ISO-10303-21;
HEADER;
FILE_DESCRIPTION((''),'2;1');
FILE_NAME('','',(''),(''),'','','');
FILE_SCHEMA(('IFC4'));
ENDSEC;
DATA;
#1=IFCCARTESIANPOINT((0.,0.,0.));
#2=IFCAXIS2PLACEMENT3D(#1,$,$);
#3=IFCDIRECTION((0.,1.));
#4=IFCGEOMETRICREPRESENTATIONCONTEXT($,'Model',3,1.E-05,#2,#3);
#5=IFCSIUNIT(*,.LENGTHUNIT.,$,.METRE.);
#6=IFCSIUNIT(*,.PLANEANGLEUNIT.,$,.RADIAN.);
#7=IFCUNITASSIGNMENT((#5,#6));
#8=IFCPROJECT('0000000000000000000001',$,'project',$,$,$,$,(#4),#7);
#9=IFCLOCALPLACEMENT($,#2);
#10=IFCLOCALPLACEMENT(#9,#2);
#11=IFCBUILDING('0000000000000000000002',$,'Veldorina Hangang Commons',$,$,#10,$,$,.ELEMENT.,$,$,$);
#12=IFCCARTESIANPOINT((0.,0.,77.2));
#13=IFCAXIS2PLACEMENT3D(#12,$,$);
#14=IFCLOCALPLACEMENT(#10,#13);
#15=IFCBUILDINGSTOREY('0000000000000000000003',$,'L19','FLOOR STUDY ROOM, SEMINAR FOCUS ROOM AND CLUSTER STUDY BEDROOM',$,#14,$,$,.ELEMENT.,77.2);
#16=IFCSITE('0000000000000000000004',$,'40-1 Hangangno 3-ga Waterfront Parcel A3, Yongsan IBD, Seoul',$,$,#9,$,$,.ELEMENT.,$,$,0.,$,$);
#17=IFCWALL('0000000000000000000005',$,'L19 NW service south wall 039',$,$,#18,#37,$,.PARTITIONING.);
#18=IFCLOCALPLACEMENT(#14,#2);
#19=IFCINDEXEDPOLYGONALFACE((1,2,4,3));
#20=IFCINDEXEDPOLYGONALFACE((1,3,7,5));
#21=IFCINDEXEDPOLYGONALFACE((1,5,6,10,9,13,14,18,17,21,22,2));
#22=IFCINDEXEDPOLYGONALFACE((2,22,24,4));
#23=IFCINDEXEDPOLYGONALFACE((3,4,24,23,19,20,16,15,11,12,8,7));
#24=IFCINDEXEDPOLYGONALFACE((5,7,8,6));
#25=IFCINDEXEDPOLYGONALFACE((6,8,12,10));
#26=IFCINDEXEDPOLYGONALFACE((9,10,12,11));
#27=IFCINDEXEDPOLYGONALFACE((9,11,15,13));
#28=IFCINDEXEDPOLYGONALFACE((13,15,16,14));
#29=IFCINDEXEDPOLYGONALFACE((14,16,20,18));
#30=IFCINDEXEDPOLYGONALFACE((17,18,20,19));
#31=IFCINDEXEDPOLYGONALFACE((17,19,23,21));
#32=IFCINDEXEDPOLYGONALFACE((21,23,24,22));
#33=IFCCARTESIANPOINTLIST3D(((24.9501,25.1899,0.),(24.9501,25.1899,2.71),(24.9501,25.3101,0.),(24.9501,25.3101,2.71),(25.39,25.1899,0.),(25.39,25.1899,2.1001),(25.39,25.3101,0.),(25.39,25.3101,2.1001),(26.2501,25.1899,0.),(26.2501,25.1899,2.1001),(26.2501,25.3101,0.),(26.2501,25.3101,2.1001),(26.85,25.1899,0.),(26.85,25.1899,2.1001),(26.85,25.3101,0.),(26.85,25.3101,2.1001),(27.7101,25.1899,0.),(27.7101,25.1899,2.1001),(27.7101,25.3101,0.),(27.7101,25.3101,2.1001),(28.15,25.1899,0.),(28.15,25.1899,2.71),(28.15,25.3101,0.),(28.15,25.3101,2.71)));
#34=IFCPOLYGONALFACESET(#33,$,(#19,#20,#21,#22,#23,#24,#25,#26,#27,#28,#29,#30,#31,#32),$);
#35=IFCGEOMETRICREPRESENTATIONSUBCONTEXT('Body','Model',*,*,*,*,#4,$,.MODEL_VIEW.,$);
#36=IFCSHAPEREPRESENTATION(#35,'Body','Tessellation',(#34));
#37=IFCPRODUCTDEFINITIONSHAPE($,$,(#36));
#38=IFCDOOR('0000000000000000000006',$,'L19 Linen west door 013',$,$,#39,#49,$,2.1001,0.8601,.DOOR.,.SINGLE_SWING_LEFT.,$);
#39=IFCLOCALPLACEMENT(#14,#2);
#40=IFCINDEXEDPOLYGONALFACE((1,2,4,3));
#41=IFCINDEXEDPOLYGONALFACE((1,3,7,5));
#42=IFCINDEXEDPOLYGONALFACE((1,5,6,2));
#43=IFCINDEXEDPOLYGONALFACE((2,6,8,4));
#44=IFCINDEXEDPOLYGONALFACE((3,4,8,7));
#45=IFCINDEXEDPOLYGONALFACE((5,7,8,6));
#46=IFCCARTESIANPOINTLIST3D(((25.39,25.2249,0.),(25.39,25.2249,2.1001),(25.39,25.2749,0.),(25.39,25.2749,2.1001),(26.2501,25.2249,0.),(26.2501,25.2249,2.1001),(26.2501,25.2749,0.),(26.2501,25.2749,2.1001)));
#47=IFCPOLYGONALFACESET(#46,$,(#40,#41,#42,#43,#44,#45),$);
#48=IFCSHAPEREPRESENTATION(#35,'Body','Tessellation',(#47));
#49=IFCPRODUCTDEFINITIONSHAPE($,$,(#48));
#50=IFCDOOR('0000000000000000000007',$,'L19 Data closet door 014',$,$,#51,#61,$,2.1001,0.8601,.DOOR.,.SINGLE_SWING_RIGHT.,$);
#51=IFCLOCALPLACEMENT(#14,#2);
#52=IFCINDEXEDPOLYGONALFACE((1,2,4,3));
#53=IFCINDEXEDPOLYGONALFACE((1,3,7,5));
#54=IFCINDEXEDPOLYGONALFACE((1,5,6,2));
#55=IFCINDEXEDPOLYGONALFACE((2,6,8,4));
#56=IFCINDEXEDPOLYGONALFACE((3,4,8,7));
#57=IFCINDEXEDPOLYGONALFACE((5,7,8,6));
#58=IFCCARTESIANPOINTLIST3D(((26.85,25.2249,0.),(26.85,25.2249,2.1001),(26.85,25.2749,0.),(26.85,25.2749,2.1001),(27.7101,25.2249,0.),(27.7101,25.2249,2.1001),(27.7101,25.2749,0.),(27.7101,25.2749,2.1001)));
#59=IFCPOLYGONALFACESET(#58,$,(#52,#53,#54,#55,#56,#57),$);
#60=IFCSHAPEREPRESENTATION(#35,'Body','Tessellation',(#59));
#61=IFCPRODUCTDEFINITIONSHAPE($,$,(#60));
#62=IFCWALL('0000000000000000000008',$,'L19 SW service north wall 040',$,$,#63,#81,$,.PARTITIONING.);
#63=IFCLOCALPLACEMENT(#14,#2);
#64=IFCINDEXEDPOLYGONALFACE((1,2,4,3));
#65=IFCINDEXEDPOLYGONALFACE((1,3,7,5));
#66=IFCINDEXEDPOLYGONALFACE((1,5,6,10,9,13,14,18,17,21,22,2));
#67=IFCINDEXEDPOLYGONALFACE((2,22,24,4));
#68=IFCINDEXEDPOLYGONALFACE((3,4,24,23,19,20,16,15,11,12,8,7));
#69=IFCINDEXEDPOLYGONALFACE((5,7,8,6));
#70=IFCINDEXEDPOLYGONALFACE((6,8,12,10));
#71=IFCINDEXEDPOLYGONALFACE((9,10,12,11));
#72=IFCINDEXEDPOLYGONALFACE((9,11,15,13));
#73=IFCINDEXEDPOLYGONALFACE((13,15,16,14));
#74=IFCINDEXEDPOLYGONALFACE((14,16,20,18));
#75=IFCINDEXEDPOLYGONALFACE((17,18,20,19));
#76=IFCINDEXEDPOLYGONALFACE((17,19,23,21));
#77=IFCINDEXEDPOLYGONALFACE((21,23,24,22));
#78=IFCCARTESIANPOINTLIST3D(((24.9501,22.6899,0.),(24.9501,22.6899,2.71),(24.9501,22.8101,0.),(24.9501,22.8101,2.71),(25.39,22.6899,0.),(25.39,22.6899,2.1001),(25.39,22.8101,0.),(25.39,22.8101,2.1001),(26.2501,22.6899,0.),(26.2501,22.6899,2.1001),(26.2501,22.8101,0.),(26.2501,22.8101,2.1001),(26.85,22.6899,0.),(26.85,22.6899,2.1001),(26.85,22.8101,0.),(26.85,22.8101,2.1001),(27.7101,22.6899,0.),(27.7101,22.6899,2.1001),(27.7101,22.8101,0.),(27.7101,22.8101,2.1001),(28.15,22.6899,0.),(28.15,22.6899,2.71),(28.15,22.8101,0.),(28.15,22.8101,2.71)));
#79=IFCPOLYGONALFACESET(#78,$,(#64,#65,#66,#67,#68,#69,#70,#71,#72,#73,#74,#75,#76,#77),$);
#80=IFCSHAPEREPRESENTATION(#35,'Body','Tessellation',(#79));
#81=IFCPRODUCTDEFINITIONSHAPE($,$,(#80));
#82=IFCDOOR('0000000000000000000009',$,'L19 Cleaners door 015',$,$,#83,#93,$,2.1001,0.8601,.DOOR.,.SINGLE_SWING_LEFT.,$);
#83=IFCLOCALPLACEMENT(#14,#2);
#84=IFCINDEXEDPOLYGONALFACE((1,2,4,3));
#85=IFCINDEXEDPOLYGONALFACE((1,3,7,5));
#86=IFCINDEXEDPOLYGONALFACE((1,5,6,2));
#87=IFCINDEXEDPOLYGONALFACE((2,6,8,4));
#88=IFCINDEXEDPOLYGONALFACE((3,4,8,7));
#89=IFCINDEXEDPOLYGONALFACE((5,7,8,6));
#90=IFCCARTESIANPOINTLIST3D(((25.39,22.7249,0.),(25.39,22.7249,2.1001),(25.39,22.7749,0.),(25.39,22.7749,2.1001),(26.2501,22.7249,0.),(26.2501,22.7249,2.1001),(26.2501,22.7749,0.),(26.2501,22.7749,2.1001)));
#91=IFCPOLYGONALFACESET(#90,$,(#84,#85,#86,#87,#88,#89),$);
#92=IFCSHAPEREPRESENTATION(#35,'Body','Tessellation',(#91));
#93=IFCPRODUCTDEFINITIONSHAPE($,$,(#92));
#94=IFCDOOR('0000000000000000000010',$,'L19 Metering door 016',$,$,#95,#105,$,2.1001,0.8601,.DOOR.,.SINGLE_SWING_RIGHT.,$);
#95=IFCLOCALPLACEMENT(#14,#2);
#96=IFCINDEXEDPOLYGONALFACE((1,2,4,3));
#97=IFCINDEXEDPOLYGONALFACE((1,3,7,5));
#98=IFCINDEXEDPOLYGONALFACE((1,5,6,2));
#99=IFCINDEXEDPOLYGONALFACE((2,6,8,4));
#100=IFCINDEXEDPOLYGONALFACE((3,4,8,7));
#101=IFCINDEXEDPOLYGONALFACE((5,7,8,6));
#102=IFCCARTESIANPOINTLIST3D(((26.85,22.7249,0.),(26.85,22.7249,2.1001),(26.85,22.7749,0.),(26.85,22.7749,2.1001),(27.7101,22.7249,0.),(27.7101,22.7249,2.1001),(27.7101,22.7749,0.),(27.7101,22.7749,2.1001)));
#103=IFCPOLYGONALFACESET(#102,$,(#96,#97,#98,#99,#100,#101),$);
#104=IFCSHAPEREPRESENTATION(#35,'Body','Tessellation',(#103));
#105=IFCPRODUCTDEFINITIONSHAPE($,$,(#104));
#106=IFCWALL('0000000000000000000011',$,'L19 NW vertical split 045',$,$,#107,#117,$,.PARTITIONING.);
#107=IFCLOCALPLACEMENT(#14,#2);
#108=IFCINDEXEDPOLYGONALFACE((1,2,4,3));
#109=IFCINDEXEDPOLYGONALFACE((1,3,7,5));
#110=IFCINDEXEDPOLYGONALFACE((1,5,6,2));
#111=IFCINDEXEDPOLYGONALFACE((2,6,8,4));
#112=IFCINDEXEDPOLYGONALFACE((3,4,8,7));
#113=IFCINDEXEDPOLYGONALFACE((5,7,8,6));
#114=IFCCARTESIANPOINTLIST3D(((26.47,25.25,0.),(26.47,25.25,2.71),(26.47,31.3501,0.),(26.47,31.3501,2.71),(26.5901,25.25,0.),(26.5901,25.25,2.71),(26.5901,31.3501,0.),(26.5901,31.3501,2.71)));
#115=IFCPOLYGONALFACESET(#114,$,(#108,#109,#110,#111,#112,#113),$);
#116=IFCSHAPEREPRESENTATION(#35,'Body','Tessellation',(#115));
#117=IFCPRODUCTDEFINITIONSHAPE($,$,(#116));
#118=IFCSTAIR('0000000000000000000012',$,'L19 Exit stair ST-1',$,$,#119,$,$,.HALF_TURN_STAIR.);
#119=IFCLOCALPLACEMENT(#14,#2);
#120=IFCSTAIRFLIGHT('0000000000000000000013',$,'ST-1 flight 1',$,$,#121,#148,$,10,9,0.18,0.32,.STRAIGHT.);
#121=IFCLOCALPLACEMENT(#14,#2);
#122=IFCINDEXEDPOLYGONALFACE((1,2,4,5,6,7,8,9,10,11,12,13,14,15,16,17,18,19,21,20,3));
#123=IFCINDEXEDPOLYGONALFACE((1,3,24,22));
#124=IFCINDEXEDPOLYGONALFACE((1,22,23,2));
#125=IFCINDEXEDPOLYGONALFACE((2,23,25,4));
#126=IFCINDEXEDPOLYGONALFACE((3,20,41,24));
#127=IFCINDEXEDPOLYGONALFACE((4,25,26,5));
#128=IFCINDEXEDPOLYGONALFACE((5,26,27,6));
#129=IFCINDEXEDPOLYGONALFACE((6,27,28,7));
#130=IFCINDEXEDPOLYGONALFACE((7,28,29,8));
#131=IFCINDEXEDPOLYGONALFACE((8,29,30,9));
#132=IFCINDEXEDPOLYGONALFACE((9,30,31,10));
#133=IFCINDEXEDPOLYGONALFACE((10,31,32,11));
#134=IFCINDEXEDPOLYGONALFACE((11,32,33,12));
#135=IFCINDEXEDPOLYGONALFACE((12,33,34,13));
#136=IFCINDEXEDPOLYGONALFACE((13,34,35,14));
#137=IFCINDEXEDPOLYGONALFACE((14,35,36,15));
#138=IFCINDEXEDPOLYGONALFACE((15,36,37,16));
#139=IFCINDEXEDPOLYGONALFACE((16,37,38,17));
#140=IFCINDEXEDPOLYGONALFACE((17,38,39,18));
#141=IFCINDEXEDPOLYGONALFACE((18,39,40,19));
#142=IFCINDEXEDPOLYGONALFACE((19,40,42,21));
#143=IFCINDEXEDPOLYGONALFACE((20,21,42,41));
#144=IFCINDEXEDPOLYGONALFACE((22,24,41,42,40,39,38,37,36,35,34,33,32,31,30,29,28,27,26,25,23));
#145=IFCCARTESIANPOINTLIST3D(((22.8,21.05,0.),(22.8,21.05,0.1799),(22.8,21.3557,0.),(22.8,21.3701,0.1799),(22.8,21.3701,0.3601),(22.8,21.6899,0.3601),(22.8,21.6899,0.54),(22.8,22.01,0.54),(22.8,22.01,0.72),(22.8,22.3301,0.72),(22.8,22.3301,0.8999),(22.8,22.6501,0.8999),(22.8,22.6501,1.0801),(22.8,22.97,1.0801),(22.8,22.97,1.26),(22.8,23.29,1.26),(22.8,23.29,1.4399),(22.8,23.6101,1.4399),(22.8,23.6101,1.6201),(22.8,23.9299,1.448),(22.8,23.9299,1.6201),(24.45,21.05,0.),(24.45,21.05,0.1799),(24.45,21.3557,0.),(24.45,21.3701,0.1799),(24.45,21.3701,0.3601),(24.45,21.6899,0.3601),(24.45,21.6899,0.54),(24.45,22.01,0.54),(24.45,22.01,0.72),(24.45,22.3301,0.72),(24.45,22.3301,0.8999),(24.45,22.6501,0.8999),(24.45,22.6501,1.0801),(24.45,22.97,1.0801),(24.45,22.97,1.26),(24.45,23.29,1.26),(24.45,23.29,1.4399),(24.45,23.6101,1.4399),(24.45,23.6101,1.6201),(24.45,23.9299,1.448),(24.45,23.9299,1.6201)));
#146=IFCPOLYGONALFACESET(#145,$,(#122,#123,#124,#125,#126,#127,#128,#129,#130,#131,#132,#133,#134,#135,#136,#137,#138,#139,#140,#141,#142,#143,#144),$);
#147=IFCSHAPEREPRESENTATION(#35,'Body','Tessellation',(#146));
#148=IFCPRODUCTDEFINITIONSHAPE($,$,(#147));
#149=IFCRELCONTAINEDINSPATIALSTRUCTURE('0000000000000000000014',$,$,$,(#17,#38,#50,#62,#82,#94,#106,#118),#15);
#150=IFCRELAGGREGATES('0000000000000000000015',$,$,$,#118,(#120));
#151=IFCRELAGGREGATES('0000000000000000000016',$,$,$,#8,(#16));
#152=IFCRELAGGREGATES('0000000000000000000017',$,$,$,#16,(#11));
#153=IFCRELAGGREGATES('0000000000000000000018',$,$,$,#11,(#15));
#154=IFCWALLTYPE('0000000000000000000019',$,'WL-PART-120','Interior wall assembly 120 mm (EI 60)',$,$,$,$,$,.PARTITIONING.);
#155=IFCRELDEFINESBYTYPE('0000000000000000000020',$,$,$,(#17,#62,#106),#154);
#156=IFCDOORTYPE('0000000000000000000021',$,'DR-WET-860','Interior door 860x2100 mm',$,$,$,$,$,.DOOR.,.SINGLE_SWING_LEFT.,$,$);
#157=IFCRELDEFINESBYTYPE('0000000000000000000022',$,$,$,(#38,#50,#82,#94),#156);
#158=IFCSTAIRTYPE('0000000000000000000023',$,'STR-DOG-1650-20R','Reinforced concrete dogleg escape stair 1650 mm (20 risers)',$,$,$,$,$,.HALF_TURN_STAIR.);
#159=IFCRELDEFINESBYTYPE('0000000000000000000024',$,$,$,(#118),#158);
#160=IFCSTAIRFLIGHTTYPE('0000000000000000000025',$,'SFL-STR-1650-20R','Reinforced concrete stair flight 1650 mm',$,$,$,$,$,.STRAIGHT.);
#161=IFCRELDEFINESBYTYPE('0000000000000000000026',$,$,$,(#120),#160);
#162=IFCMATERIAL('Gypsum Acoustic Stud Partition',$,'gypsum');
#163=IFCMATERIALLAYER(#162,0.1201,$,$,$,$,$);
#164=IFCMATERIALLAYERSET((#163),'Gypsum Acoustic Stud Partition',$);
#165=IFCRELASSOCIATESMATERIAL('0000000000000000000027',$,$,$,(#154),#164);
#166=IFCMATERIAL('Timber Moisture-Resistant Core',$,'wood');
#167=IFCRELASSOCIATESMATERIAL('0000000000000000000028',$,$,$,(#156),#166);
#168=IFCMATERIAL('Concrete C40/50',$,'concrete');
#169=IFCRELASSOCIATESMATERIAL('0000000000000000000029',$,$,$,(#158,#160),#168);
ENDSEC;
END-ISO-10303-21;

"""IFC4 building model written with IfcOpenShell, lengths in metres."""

from ifc_helpers import new_model, si_unit, direction, frame, frame_2d, origin, place, context, subcontext, project, spatial, polyline, rectangle, outline, extrude, material, layer, layer_set, type_object, element, fill, aggregate, save


model = new_model("IFC4")

# Units and contexts
model_context = context("Model", 3, precision=1e-05, world=origin(), true_north=direction((0.0, 1.0)))
body_context = subcontext(model_context, "Body", "Model", "MODEL_VIEW")
ifc_project = project(units=[si_unit("LENGTHUNIT", "METRE"), si_unit("PLANEANGLEUNIT", "RADIAN")], contexts=[model_context])

# Site, building, storey
site_placement = place(None, origin())
site = spatial("IfcSite", under=ifc_project, at=site_placement, Name="40-1 Hangangno 3-ga Waterfront Parcel A3, Yongsan IBD, Seoul", CompositionType="ELEMENT", RefElevation=0.0)
building_placement = place(site_placement, origin())
building = spatial("IfcBuilding", under=site, at=building_placement, Name="Veldorina Hangang Commons", CompositionType="ELEMENT")
storey_placement = place(building_placement, frame((0.0, 0.0, 77.2)))
storey = spatial("IfcBuildingStorey", under=building, at=storey_placement, Name="L19", Description="FLOOR STUDY ROOM, SEMINAR FOCUS ROOM AND CLUSTER STUDY BEDROOM", CompositionType="ELEMENT", Elevation=77.2)

# Walls, openings, doors
ifc_material_1 = material(Name="Gypsum Acoustic Stud Partition", Category="gypsum")
ifc_layer_1 = layer(ifc_material_1, 0.1201)
ifc_layer_set_1 = layer_set([ifc_layer_1], Name="Gypsum Acoustic Stud Partition")
wall_type_1 = type_object("IfcWallType", Name="WL-PART-120", Description="Interior wall assembly 120 mm (EI 60)", PredefinedType="PARTITIONING", material=ifc_layer_set_1)
wall_1_placement = place(storey_placement, frame((24.95, 25.25, 0.0), z_axis=(0.0, 0.0, 1.0), x_axis=(1.0, 0.0, 0.0)))
wall_1 = element("IfcWall", 1, at=wall_1_placement, inside=storey, type_object=wall_type_1, Name="L19 NW service south wall 039", PredefinedType="PARTITIONING", context=body_context, shape_type="SweptSolid", body=[
    extrude(rectangle(XDim=3.2, YDim=0.1201, at=frame_2d((1.6001, 0.0))), origin(), (0.0, 0.0, 1.0), 2.71),
])
opening_1_placement = place(wall_1_placement, frame((0.4399, 0.0, 0.0)))
opening_1 = element("IfcOpeningElement", 2, at=opening_1_placement, cuts=wall_1, PredefinedType="OPENING", context=body_context, shape_type="SweptSolid", body=[
    extrude(rectangle(XDim=0.8601, YDim=2.1001, at=frame_2d((0.4302, 1.05))), frame((0.0, 0.0701, 0.0), z_axis=(0.0, -1.0, 0.0), x_axis=(1.0, 0.0, 0.0)), (0.0, 0.0, 1.0), 0.1401),
])
opening_2_placement = place(wall_1_placement, frame((1.8999, 0.0, 0.0)))
opening_2 = element("IfcOpeningElement", 3, at=opening_2_placement, cuts=wall_1, PredefinedType="OPENING", context=body_context, shape_type="SweptSolid", body=[
    extrude(rectangle(XDim=0.8601, YDim=2.1001, at=frame_2d((0.4302, 1.05))), frame((0.0, 0.0701, 0.0), z_axis=(0.0, -1.0, 0.0), x_axis=(1.0, 0.0, 0.0)), (0.0, 0.0, 1.0), 0.1401),
])
ifc_material_2 = material(Name="Timber Moisture-Resistant Core", Category="wood")
door_type_1 = type_object("IfcDoorType", Name="DR-WET-860", Description="Interior door 860x2100 mm", OperationType="SINGLE_SWING_LEFT", PredefinedType="DOOR", material=ifc_material_2)
door_1_placement = place(opening_1_placement, origin())
door_1 = element("IfcDoor", 4, at=door_1_placement, inside=storey, type_object=door_type_1, Name="L19 Linen west door 013", OperationType="SINGLE_SWING_LEFT", OverallHeight=2.1001, OverallWidth=0.8601, PredefinedType="DOOR", context=body_context, shape_type="SweptSolid", body=[
    extrude(rectangle(XDim=0.8601, YDim=2.1001, at=frame_2d((0.4302, 1.05))), frame((0.0, 0.0249, 0.0), z_axis=(0.0, -1.0, 0.0), x_axis=(1.0, 0.0, 0.0)), (0.0, 0.0, 1.0), 0.05),
])
fill(opening_1, door_1)
door_2_placement = place(opening_2_placement, origin())
door_2 = element("IfcDoor", 5, at=door_2_placement, inside=storey, type_object=door_type_1, Name="L19 Data closet door 014", OperationType="SINGLE_SWING_RIGHT", OverallHeight=2.1001, OverallWidth=0.8601, PredefinedType="DOOR", context=body_context, shape_type="SweptSolid", body=[
    extrude(rectangle(XDim=0.8601, YDim=2.1001, at=frame_2d((0.4302, 1.05))), frame((0.0, 0.0249, 0.0), z_axis=(0.0, -1.0, 0.0), x_axis=(1.0, 0.0, 0.0)), (0.0, 0.0, 1.0), 0.05),
])
fill(opening_2, door_2)
wall_2_placement = place(storey_placement, frame((24.95, 22.75, 0.0), z_axis=(0.0, 0.0, 1.0), x_axis=(1.0, 0.0, 0.0)))
wall_2 = element("IfcWall", 6, at=wall_2_placement, inside=storey, type_object=wall_type_1, Name="L19 SW service north wall 040", PredefinedType="PARTITIONING", context=body_context, shape_type="SweptSolid", body=[
    extrude(rectangle(XDim=3.2, YDim=0.1201, at=frame_2d((1.6001, 0.0))), origin(), (0.0, 0.0, 1.0), 2.71),
])
opening_3_placement = place(wall_2_placement, frame((0.4399, 0.0, 0.0)))
opening_3 = element("IfcOpeningElement", 7, at=opening_3_placement, cuts=wall_2, PredefinedType="OPENING", context=body_context, shape_type="SweptSolid", body=[
    extrude(rectangle(XDim=0.8601, YDim=2.1001, at=frame_2d((0.4302, 1.05))), frame((0.0, 0.0701, 0.0), z_axis=(0.0, -1.0, 0.0), x_axis=(1.0, 0.0, 0.0)), (0.0, 0.0, 1.0), 0.1401),
])
opening_4_placement = place(wall_2_placement, frame((1.8999, 0.0, 0.0)))
opening_4 = element("IfcOpeningElement", 8, at=opening_4_placement, cuts=wall_2, PredefinedType="OPENING", context=body_context, shape_type="SweptSolid", body=[
    extrude(rectangle(XDim=0.8601, YDim=2.1001, at=frame_2d((0.4302, 1.05))), frame((0.0, 0.0701, 0.0), z_axis=(0.0, -1.0, 0.0), x_axis=(1.0, 0.0, 0.0)), (0.0, 0.0, 1.0), 0.1401),
])
door_3_placement = place(opening_3_placement, origin())
door_3 = element("IfcDoor", 9, at=door_3_placement, inside=storey, type_object=door_type_1, Name="L19 Cleaners door 015", OperationType="SINGLE_SWING_LEFT", OverallHeight=2.1001, OverallWidth=0.8601, PredefinedType="DOOR", context=body_context, shape_type="SweptSolid", body=[
    extrude(rectangle(XDim=0.8601, YDim=2.1001, at=frame_2d((0.4302, 1.05))), frame((0.0, 0.0249, 0.0), z_axis=(0.0, -1.0, 0.0), x_axis=(1.0, 0.0, 0.0)), (0.0, 0.0, 1.0), 0.05),
])
fill(opening_3, door_3)
door_4_placement = place(opening_4_placement, origin())
door_4 = element("IfcDoor", 10, at=door_4_placement, inside=storey, type_object=door_type_1, Name="L19 Metering door 016", OperationType="SINGLE_SWING_RIGHT", OverallHeight=2.1001, OverallWidth=0.8601, PredefinedType="DOOR", context=body_context, shape_type="SweptSolid", body=[
    extrude(rectangle(XDim=0.8601, YDim=2.1001, at=frame_2d((0.4302, 1.05))), frame((0.0, 0.0249, 0.0), z_axis=(0.0, -1.0, 0.0), x_axis=(1.0, 0.0, 0.0)), (0.0, 0.0, 1.0), 0.05),
])
fill(opening_4, door_4)

# Wall
wall_3_placement = place(storey_placement, frame((26.53, 25.25, 0.0), z_axis=(0.0, 0.0, 1.0), x_axis=(0.0, 1.0, 0.0)))
element("IfcWall", 11, at=wall_3_placement, inside=storey, type_object=wall_type_1, Name="L19 NW vertical split 045", PredefinedType="PARTITIONING", context=body_context, shape_type="SweptSolid", body=[
    extrude(rectangle(XDim=6.1001, YDim=0.1201, at=frame_2d((3.05, 0.0))), origin(), (0.0, 0.0, 1.0), 2.71),
])

# Stair, stair flight
ifc_material_3 = material(Name="Concrete C40/50", Category="concrete")
stair_type = type_object("IfcStairType", Name="STR-DOG-1650-20R", Description="Reinforced concrete dogleg escape stair 1650 mm (20 risers)", PredefinedType="HALF_TURN_STAIR", material=ifc_material_3)
stair_placement = place(storey_placement, origin())
stair = element("IfcStair", 12, at=stair_placement, inside=storey, type_object=stair_type, Name="L19 Exit stair ST-1", PredefinedType="HALF_TURN_STAIR")
stair_flight_type = type_object("IfcStairFlightType", Name="SFL-STR-1650-20R", Description="Reinforced concrete stair flight 1650 mm", PredefinedType="STRAIGHT", material=ifc_material_3)
stair_flight_1_placement = place(storey_placement, frame((23.625, 21.05, 0.0), z_axis=(0.0, 0.0, 1.0), x_axis=(0.0, 1.0, 0.0)))
stair_flight_1 = element("IfcStairFlight", 13, at=stair_flight_1_placement, type_object=stair_flight_type, Name="ST-1 flight 1", NumberOfRisers=10, NumberOfTreads=9, PredefinedType="STRAIGHT", RiserHeight=0.18, TreadLength=0.32, context=body_context, shape_type="SweptSolid", body=[
    extrude(outline(polyline([(0.0, 0.0), (0.0, 0.1799), (0.3201, 0.1799), (0.3201, 0.3601), (0.6399, 0.3601), (0.6399, 0.54), (0.96, 0.54), (0.96, 0.72), (1.28, 0.72), (1.28, 0.8999), (1.6001, 0.8999), (1.6001, 1.0801), (1.9199, 1.0801), (1.9199, 1.26), (2.24, 1.26), (2.24, 1.4399), (2.5601, 1.4399), (2.5601, 1.6201), (2.8799, 1.6201), (2.8799, 1.8), (2.8799, 1.448), (0.3057, 0.0), (0.0, 0.0)])), frame((0.0, 0.825, 0.0), z_axis=(0.0, -1.0, 0.0), x_axis=(1.0, 0.0, 0.0)), (0.0, 0.0, 1.0), 1.6499),
])
aggregate(stair, [stair_flight_1])

save(model, "model.ifc")
